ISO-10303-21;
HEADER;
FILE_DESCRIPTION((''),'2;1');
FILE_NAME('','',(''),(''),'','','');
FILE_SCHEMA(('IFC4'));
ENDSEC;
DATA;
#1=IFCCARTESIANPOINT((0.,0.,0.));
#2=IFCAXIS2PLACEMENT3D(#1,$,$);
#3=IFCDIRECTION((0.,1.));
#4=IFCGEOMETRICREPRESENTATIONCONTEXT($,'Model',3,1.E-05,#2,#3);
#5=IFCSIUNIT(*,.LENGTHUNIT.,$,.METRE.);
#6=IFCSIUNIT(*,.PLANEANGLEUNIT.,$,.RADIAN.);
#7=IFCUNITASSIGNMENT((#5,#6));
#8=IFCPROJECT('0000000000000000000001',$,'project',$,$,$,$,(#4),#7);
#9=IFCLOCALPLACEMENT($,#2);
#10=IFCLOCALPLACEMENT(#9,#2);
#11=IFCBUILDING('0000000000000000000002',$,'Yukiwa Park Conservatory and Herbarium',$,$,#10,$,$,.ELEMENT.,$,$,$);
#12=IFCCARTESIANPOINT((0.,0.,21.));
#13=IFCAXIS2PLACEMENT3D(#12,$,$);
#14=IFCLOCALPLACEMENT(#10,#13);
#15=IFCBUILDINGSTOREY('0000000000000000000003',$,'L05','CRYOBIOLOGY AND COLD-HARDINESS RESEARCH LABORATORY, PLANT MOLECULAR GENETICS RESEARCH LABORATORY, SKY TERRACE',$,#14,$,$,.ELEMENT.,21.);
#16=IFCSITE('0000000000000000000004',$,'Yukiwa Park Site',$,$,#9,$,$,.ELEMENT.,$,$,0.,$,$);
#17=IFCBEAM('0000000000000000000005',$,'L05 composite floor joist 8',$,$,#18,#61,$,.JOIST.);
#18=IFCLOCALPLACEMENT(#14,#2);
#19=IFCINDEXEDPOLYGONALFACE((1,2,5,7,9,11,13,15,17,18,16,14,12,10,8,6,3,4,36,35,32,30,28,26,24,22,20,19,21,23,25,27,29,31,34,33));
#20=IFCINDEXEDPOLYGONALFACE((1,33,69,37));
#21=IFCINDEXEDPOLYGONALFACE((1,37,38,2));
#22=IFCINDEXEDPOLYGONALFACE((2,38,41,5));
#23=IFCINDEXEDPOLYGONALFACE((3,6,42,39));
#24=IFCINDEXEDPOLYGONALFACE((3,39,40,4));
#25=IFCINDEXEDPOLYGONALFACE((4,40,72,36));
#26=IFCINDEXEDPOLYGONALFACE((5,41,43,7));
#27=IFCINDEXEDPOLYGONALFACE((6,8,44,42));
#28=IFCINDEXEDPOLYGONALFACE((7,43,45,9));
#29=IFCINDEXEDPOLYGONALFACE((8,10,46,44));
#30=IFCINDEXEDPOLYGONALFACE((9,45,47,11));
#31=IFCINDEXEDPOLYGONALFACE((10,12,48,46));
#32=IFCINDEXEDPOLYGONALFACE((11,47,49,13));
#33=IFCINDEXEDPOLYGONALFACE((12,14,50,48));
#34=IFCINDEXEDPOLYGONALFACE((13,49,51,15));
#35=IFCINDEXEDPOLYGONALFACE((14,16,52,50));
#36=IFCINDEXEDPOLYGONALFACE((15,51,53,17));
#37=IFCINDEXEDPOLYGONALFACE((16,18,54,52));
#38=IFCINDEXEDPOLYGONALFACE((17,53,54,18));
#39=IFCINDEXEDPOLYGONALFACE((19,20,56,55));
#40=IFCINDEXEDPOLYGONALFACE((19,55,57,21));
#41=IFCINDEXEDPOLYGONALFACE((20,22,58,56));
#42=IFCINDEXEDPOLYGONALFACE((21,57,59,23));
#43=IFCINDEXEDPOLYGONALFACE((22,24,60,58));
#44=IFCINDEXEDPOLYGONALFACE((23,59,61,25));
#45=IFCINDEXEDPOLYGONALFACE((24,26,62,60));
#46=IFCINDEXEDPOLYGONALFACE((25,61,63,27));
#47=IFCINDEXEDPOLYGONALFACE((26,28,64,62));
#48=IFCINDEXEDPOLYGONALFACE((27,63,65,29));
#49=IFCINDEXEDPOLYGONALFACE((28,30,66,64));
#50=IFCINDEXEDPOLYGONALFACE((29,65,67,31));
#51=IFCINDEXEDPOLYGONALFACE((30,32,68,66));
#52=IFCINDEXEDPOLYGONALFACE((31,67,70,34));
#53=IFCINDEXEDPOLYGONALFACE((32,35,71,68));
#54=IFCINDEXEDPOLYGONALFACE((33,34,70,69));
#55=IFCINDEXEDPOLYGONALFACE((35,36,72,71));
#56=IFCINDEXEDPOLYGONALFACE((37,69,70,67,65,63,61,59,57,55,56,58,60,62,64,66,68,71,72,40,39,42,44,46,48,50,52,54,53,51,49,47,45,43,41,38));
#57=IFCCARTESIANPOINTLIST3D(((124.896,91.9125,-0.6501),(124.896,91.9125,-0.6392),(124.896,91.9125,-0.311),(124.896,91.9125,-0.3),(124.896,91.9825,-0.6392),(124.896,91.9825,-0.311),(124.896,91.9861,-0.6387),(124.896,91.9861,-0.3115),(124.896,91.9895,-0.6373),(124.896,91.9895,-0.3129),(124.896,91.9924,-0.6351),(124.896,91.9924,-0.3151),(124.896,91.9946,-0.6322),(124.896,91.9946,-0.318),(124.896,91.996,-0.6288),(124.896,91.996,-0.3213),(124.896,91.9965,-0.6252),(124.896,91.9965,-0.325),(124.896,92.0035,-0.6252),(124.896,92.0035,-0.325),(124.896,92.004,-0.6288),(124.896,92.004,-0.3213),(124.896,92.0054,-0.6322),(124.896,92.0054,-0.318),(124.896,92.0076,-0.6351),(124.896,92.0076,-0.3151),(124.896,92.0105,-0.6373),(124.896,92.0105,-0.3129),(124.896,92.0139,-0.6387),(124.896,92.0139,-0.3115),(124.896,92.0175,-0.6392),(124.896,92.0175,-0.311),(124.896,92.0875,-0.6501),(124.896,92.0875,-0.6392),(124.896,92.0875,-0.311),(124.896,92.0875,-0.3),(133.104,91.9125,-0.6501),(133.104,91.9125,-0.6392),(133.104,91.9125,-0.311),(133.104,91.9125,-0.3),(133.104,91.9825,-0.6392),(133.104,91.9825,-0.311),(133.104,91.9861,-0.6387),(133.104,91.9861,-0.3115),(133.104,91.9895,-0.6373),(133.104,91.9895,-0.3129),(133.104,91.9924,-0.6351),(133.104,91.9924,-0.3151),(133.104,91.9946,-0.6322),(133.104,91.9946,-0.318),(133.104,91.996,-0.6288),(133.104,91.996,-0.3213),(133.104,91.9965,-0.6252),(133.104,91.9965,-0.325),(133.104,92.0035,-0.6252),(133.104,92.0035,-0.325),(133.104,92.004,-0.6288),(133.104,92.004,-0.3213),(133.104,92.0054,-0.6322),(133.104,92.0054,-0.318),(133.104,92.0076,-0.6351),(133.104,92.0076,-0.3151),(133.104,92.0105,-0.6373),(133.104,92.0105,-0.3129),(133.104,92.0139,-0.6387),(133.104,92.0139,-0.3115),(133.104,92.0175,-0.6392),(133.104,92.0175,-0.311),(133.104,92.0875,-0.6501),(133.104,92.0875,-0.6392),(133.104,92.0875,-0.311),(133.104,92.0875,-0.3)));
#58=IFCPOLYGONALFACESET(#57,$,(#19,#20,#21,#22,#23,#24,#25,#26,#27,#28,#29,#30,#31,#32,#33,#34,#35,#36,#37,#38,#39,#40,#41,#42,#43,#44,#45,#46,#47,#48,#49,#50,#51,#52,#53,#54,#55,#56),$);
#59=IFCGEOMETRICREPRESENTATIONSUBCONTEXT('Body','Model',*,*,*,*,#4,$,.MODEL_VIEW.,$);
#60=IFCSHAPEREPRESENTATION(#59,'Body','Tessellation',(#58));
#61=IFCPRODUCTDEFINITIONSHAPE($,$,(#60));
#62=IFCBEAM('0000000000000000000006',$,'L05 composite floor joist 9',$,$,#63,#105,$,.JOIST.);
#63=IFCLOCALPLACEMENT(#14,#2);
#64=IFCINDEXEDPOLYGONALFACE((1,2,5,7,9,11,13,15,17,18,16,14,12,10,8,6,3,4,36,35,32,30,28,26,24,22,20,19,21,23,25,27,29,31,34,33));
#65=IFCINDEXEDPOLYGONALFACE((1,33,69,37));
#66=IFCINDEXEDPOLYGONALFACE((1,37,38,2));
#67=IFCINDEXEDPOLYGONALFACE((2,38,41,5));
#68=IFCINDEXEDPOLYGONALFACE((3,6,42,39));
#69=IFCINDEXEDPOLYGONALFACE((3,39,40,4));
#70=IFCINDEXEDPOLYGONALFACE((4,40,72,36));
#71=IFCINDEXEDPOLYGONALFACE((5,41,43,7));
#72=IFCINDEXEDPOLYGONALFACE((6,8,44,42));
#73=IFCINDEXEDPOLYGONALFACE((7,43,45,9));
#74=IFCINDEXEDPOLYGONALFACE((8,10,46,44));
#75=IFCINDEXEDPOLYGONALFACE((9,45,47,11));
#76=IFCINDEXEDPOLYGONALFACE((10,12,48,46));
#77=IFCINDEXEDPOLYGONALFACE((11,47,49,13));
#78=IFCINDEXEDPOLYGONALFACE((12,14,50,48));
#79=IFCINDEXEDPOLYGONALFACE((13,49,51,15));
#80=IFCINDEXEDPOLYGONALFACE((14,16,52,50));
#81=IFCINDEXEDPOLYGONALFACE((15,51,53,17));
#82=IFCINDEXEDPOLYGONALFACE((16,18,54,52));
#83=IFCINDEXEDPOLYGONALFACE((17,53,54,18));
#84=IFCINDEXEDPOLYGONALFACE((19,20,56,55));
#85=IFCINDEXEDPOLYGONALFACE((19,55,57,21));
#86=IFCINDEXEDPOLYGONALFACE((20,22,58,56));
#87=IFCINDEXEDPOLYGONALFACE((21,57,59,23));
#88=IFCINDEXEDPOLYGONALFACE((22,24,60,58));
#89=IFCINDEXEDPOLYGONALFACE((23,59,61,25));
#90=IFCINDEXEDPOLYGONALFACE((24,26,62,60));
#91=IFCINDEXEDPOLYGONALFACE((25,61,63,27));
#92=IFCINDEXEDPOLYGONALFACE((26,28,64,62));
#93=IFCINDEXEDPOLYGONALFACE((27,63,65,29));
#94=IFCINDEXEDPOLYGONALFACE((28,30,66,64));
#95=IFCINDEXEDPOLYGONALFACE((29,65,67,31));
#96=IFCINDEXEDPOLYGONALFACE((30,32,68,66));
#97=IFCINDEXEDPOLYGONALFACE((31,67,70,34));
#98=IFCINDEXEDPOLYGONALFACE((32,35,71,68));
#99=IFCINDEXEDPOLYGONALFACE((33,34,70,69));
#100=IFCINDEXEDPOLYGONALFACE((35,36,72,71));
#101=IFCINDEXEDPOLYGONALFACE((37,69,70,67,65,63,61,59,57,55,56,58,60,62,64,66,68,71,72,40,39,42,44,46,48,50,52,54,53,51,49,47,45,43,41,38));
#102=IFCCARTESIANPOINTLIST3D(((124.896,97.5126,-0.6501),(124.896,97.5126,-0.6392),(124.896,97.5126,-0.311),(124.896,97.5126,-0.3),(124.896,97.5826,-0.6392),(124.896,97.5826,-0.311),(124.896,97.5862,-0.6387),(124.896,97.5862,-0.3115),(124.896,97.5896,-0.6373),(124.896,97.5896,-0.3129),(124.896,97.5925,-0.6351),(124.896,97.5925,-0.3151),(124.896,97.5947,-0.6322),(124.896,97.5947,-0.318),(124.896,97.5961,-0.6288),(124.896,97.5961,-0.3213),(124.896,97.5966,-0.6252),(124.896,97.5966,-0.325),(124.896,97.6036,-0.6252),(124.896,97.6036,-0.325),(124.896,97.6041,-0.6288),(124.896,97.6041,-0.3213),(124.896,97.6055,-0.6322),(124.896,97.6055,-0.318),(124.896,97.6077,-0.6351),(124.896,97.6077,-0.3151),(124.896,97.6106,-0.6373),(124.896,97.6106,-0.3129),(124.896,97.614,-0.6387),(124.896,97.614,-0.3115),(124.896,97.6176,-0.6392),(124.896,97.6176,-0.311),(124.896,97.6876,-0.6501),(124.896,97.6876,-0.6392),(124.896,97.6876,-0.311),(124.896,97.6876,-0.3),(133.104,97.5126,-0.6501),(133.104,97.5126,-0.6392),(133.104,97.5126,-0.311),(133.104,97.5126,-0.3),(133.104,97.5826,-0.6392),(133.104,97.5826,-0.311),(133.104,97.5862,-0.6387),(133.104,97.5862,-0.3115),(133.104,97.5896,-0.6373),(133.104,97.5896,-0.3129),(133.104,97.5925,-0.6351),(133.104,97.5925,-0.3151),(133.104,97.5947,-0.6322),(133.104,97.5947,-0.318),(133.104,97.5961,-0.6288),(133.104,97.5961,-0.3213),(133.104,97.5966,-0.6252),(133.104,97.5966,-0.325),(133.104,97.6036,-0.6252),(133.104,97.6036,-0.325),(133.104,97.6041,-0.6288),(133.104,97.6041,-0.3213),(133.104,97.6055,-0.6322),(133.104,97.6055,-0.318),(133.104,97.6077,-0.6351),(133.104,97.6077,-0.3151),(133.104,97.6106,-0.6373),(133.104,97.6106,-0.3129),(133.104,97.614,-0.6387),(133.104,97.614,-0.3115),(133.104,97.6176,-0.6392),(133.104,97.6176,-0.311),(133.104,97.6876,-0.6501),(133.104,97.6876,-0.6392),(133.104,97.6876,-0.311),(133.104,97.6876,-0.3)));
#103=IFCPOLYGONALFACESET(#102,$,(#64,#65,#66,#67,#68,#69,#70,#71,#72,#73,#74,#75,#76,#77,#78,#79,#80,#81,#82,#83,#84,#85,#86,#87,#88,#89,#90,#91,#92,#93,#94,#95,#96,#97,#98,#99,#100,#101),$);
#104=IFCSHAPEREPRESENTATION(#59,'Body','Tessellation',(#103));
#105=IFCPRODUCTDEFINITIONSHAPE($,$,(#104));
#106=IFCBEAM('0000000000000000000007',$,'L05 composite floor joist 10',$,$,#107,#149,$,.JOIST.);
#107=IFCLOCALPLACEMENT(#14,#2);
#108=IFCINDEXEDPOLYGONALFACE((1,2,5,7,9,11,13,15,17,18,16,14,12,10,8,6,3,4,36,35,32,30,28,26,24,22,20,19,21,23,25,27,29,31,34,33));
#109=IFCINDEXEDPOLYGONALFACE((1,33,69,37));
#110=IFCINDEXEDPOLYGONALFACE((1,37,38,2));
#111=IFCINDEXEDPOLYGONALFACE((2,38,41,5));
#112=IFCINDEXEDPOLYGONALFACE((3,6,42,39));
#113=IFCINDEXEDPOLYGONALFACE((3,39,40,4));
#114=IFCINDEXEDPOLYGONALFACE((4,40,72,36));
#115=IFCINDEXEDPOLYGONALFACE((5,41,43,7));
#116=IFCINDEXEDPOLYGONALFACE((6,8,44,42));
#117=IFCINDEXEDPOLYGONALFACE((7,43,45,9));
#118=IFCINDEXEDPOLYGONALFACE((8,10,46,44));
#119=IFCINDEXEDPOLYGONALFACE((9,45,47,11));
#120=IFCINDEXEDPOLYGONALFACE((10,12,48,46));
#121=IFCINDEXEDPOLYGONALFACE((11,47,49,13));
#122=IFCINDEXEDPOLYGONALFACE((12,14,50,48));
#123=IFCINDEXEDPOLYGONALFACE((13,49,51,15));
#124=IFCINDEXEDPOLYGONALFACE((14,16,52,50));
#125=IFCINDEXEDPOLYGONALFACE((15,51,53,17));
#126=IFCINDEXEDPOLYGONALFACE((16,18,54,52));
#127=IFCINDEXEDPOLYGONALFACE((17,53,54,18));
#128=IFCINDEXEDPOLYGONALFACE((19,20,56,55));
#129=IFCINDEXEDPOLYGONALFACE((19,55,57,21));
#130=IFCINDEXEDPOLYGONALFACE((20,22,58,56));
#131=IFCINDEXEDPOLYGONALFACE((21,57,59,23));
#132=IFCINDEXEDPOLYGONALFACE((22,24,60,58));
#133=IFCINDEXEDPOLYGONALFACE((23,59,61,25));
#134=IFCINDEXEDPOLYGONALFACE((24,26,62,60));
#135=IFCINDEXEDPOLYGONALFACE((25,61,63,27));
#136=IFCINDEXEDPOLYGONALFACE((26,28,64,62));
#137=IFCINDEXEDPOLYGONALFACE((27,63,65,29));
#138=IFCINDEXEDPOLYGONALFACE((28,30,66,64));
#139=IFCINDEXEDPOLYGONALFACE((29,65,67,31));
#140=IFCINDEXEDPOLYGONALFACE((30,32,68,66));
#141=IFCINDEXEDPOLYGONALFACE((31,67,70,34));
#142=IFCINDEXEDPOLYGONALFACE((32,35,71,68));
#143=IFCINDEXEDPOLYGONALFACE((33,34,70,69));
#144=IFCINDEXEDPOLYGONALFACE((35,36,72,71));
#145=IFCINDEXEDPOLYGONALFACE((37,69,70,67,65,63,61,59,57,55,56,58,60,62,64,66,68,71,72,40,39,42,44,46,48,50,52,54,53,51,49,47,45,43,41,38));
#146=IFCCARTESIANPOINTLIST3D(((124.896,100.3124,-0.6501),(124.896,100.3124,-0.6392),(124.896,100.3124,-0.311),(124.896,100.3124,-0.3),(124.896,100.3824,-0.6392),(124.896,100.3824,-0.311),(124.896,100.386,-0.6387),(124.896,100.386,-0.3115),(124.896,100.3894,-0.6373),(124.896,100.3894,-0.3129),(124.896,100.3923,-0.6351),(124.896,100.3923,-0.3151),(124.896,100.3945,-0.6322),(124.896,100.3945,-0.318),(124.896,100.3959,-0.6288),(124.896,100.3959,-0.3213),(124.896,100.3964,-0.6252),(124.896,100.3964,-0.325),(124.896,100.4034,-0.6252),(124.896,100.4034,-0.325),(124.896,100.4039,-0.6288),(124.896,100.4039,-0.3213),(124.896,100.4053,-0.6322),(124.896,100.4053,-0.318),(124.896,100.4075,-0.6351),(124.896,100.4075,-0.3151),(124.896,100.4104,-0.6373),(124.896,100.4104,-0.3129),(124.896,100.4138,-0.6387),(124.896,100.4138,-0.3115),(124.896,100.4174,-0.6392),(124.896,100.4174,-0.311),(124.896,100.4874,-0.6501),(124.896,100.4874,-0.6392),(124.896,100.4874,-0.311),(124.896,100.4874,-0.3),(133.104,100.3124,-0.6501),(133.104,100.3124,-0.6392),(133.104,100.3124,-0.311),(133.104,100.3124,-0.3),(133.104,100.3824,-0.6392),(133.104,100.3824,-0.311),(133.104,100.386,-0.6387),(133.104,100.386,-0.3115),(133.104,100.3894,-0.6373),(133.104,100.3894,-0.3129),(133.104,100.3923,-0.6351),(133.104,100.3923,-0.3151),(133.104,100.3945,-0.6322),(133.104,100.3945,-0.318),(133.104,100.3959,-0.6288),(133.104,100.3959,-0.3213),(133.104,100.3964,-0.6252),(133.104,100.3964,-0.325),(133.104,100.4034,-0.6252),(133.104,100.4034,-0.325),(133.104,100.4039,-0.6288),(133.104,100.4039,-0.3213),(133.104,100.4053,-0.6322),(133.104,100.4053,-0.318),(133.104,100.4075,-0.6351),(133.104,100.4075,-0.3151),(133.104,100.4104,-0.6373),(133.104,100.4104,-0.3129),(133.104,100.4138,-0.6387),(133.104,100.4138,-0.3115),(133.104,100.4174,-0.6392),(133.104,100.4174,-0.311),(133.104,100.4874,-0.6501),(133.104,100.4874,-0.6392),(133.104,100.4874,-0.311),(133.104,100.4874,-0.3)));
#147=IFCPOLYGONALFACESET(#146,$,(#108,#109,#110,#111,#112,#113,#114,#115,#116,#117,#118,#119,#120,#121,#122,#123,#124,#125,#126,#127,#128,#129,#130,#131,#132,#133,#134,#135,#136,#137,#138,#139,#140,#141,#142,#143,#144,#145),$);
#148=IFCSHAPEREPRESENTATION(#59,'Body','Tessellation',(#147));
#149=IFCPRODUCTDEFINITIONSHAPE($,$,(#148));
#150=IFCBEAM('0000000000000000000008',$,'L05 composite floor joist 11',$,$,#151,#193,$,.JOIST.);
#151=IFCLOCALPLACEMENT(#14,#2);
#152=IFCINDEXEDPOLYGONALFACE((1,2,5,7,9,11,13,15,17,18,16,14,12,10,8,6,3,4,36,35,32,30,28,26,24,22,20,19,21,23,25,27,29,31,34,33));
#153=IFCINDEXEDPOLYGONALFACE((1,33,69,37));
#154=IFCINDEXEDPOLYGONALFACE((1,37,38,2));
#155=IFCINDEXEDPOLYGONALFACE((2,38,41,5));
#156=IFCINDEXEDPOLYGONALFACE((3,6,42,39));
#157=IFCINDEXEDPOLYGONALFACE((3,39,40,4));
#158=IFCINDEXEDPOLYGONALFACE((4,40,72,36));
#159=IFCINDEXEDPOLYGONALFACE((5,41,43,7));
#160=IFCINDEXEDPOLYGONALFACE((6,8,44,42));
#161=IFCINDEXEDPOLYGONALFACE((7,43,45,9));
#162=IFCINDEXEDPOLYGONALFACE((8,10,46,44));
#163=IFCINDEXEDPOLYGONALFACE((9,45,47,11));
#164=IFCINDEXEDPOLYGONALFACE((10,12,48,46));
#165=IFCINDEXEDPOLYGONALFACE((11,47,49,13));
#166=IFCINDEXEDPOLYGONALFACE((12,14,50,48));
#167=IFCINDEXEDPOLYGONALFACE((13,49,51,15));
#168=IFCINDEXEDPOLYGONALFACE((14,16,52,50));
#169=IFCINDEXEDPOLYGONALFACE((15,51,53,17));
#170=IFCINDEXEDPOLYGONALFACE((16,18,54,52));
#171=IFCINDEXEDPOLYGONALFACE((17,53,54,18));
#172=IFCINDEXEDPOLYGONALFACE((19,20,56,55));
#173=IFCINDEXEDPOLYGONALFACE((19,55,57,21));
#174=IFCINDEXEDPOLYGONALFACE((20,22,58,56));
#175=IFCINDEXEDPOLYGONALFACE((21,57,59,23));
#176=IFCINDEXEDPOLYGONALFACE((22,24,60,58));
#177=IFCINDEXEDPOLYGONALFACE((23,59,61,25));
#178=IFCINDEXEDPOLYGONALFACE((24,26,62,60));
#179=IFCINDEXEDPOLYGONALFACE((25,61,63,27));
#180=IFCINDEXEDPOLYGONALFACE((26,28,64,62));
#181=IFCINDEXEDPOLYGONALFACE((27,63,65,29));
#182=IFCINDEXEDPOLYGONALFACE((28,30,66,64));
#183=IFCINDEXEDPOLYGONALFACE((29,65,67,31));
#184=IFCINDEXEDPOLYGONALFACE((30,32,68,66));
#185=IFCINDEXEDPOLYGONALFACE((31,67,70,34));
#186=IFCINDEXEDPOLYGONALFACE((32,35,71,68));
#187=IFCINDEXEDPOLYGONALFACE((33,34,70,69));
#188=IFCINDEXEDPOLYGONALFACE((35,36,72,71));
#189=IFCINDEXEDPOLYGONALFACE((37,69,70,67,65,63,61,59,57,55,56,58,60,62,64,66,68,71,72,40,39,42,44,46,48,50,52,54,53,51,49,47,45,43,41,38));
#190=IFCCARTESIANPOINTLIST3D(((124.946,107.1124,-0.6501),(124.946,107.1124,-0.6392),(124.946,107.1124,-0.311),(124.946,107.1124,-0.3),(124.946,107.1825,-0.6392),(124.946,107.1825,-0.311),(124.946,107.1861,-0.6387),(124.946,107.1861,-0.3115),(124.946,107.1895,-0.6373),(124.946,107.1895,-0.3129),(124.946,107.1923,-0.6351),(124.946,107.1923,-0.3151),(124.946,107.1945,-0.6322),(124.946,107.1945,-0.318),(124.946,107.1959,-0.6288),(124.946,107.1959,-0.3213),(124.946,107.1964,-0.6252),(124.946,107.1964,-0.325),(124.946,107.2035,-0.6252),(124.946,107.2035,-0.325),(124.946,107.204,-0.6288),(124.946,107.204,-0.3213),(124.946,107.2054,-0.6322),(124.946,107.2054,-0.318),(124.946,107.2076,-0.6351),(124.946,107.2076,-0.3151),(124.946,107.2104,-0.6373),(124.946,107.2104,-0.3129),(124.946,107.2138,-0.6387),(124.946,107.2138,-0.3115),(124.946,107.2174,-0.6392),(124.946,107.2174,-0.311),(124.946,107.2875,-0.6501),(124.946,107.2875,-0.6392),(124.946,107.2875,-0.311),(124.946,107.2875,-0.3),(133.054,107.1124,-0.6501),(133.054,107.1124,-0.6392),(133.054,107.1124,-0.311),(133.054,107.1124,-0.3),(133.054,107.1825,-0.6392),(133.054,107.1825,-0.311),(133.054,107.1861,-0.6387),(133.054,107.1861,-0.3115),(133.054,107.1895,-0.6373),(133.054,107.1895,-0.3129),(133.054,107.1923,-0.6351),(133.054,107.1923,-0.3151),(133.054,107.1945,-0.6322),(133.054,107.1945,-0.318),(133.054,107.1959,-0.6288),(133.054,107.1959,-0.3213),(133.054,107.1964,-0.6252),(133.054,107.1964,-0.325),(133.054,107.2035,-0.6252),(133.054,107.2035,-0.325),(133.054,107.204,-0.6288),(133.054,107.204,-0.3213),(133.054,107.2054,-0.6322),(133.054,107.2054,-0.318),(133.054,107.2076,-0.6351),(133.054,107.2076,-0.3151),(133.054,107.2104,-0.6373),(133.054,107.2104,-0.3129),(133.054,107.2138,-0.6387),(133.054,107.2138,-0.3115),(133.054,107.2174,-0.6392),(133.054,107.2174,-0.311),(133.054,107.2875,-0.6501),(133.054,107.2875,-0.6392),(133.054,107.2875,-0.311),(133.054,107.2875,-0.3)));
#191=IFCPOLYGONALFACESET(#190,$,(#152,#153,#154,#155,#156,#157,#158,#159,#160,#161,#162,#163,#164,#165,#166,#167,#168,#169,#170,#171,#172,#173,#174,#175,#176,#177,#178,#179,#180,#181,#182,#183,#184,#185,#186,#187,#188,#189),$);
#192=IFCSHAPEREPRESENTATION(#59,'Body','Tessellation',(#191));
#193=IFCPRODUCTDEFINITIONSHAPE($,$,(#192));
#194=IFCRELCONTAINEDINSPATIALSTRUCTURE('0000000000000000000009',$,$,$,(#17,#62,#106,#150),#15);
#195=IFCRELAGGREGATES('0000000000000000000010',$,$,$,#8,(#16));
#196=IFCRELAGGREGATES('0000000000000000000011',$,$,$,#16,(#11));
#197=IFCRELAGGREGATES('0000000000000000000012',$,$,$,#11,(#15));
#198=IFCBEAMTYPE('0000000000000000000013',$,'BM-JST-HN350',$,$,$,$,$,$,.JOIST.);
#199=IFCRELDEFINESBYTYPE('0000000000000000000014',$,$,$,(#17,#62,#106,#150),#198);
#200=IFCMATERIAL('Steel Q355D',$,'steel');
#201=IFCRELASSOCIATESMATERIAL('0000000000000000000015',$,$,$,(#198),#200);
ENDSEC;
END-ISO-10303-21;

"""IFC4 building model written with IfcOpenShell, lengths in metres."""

from ifc_helpers import new_model, si_unit, direction, frame, origin, origin_2d, place, context, subcontext, project, spatial, i_section, extrude, material, material_profile, profile_set, type_object, element, save


model = new_model("IFC4")

# Units and contexts
model_context = context("Model", 3, precision=1e-05, world=origin(), true_north=direction((0.0, 1.0)))
body_context = subcontext(model_context, "Body", "Model", "MODEL_VIEW")
ifc_project = project(units=[si_unit("LENGTHUNIT", "METRE"), si_unit("PLANEANGLEUNIT", "RADIAN")], contexts=[model_context])

# Site, building, storey
site_placement = place(None, origin())
site = spatial("IfcSite", under=ifc_project, at=site_placement, Name="Yukiwa Park Site", CompositionType="ELEMENT", RefElevation=0.0)
building_placement = place(site_placement, origin())
building = spatial("IfcBuilding", under=site, at=building_placement, Name="Yukiwa Park Conservatory and Herbarium", CompositionType="ELEMENT")
storey_placement = place(building_placement, frame((0.0, 0.0, 21.0)))
storey = spatial("IfcBuildingStorey", under=building, at=storey_placement, Name="L05", Description="CRYOBIOLOGY AND COLD-HARDINESS RESEARCH LABORATORY, PLANT MOLECULAR GENETICS RESEARCH LABORATORY, SKY TERRACE", CompositionType="ELEMENT", Elevation=21.0)

# Beams
ifc_material_1 = material(Name="Steel Q355D", Category="steel")
ifc_material_profile_1 = material_profile(ifc_material_1, i_section(OverallWidth=0.175, OverallDepth=0.3501, WebThickness=0.0071, FlangeThickness=0.011, FilletRadius=0.0139, at=origin_2d()), Name="HN 350x175x7x11")
ifc_profile_set_1 = profile_set([ifc_material_profile_1], Name="Steel Q355D")
beam_type_1 = type_object("IfcBeamType", Name="BM-JST-HN350", PredefinedType="JOIST", material=ifc_profile_set_1)
for number, where, z_axis, x_axis, name in (
    (1, (124.896, 92.0, -0.4751), (1.0, 0.0, 0.0), (0.0, 1.0, 0.0), "L05 composite floor joist 8"),
    (2, (124.896, 97.6001, -0.4751), (1.0, 0.0, 0.0), (0.0, 1.0, 0.0), "L05 composite floor joist 9"),
    (3, (124.896, 100.3999, -0.4751), (1.0, 0.0, 0.0), (0.0, 1.0, 0.0), "L05 composite floor joist 10"),
):
    element("IfcBeam", number, at=place(storey_placement, frame(where, z_axis=z_axis, x_axis=x_axis)), inside=storey, type_object=beam_type_1, Name=name, PredefinedType="JOIST", context=body_context, shape_type="SweptSolid", body=[
        extrude(i_section(OverallWidth=0.175, OverallDepth=0.3501, WebThickness=0.0071, FlangeThickness=0.011, FilletRadius=0.0139, at=origin_2d()), origin(), (0.0, 0.0, 1.0), 8.208),
    ])
for number, where, z_axis, x_axis, name in (
    (4, (124.946, 107.2, -0.4751), (1.0, 0.0, 0.0), (0.0, 1.0, 0.0), "L05 composite floor joist 11"),
):
    element("IfcBeam", number, at=place(storey_placement, frame(where, z_axis=z_axis, x_axis=x_axis)), inside=storey, type_object=beam_type_1, Name=name, PredefinedType="JOIST", context=body_context, shape_type="SweptSolid", body=[
        extrude(i_section(OverallWidth=0.175, OverallDepth=0.3501, WebThickness=0.0071, FlangeThickness=0.011, FilletRadius=0.0139, at=origin_2d()), origin(), (0.0, 0.0, 1.0), 8.1079),
    ])

save(model, "model.ifc")
